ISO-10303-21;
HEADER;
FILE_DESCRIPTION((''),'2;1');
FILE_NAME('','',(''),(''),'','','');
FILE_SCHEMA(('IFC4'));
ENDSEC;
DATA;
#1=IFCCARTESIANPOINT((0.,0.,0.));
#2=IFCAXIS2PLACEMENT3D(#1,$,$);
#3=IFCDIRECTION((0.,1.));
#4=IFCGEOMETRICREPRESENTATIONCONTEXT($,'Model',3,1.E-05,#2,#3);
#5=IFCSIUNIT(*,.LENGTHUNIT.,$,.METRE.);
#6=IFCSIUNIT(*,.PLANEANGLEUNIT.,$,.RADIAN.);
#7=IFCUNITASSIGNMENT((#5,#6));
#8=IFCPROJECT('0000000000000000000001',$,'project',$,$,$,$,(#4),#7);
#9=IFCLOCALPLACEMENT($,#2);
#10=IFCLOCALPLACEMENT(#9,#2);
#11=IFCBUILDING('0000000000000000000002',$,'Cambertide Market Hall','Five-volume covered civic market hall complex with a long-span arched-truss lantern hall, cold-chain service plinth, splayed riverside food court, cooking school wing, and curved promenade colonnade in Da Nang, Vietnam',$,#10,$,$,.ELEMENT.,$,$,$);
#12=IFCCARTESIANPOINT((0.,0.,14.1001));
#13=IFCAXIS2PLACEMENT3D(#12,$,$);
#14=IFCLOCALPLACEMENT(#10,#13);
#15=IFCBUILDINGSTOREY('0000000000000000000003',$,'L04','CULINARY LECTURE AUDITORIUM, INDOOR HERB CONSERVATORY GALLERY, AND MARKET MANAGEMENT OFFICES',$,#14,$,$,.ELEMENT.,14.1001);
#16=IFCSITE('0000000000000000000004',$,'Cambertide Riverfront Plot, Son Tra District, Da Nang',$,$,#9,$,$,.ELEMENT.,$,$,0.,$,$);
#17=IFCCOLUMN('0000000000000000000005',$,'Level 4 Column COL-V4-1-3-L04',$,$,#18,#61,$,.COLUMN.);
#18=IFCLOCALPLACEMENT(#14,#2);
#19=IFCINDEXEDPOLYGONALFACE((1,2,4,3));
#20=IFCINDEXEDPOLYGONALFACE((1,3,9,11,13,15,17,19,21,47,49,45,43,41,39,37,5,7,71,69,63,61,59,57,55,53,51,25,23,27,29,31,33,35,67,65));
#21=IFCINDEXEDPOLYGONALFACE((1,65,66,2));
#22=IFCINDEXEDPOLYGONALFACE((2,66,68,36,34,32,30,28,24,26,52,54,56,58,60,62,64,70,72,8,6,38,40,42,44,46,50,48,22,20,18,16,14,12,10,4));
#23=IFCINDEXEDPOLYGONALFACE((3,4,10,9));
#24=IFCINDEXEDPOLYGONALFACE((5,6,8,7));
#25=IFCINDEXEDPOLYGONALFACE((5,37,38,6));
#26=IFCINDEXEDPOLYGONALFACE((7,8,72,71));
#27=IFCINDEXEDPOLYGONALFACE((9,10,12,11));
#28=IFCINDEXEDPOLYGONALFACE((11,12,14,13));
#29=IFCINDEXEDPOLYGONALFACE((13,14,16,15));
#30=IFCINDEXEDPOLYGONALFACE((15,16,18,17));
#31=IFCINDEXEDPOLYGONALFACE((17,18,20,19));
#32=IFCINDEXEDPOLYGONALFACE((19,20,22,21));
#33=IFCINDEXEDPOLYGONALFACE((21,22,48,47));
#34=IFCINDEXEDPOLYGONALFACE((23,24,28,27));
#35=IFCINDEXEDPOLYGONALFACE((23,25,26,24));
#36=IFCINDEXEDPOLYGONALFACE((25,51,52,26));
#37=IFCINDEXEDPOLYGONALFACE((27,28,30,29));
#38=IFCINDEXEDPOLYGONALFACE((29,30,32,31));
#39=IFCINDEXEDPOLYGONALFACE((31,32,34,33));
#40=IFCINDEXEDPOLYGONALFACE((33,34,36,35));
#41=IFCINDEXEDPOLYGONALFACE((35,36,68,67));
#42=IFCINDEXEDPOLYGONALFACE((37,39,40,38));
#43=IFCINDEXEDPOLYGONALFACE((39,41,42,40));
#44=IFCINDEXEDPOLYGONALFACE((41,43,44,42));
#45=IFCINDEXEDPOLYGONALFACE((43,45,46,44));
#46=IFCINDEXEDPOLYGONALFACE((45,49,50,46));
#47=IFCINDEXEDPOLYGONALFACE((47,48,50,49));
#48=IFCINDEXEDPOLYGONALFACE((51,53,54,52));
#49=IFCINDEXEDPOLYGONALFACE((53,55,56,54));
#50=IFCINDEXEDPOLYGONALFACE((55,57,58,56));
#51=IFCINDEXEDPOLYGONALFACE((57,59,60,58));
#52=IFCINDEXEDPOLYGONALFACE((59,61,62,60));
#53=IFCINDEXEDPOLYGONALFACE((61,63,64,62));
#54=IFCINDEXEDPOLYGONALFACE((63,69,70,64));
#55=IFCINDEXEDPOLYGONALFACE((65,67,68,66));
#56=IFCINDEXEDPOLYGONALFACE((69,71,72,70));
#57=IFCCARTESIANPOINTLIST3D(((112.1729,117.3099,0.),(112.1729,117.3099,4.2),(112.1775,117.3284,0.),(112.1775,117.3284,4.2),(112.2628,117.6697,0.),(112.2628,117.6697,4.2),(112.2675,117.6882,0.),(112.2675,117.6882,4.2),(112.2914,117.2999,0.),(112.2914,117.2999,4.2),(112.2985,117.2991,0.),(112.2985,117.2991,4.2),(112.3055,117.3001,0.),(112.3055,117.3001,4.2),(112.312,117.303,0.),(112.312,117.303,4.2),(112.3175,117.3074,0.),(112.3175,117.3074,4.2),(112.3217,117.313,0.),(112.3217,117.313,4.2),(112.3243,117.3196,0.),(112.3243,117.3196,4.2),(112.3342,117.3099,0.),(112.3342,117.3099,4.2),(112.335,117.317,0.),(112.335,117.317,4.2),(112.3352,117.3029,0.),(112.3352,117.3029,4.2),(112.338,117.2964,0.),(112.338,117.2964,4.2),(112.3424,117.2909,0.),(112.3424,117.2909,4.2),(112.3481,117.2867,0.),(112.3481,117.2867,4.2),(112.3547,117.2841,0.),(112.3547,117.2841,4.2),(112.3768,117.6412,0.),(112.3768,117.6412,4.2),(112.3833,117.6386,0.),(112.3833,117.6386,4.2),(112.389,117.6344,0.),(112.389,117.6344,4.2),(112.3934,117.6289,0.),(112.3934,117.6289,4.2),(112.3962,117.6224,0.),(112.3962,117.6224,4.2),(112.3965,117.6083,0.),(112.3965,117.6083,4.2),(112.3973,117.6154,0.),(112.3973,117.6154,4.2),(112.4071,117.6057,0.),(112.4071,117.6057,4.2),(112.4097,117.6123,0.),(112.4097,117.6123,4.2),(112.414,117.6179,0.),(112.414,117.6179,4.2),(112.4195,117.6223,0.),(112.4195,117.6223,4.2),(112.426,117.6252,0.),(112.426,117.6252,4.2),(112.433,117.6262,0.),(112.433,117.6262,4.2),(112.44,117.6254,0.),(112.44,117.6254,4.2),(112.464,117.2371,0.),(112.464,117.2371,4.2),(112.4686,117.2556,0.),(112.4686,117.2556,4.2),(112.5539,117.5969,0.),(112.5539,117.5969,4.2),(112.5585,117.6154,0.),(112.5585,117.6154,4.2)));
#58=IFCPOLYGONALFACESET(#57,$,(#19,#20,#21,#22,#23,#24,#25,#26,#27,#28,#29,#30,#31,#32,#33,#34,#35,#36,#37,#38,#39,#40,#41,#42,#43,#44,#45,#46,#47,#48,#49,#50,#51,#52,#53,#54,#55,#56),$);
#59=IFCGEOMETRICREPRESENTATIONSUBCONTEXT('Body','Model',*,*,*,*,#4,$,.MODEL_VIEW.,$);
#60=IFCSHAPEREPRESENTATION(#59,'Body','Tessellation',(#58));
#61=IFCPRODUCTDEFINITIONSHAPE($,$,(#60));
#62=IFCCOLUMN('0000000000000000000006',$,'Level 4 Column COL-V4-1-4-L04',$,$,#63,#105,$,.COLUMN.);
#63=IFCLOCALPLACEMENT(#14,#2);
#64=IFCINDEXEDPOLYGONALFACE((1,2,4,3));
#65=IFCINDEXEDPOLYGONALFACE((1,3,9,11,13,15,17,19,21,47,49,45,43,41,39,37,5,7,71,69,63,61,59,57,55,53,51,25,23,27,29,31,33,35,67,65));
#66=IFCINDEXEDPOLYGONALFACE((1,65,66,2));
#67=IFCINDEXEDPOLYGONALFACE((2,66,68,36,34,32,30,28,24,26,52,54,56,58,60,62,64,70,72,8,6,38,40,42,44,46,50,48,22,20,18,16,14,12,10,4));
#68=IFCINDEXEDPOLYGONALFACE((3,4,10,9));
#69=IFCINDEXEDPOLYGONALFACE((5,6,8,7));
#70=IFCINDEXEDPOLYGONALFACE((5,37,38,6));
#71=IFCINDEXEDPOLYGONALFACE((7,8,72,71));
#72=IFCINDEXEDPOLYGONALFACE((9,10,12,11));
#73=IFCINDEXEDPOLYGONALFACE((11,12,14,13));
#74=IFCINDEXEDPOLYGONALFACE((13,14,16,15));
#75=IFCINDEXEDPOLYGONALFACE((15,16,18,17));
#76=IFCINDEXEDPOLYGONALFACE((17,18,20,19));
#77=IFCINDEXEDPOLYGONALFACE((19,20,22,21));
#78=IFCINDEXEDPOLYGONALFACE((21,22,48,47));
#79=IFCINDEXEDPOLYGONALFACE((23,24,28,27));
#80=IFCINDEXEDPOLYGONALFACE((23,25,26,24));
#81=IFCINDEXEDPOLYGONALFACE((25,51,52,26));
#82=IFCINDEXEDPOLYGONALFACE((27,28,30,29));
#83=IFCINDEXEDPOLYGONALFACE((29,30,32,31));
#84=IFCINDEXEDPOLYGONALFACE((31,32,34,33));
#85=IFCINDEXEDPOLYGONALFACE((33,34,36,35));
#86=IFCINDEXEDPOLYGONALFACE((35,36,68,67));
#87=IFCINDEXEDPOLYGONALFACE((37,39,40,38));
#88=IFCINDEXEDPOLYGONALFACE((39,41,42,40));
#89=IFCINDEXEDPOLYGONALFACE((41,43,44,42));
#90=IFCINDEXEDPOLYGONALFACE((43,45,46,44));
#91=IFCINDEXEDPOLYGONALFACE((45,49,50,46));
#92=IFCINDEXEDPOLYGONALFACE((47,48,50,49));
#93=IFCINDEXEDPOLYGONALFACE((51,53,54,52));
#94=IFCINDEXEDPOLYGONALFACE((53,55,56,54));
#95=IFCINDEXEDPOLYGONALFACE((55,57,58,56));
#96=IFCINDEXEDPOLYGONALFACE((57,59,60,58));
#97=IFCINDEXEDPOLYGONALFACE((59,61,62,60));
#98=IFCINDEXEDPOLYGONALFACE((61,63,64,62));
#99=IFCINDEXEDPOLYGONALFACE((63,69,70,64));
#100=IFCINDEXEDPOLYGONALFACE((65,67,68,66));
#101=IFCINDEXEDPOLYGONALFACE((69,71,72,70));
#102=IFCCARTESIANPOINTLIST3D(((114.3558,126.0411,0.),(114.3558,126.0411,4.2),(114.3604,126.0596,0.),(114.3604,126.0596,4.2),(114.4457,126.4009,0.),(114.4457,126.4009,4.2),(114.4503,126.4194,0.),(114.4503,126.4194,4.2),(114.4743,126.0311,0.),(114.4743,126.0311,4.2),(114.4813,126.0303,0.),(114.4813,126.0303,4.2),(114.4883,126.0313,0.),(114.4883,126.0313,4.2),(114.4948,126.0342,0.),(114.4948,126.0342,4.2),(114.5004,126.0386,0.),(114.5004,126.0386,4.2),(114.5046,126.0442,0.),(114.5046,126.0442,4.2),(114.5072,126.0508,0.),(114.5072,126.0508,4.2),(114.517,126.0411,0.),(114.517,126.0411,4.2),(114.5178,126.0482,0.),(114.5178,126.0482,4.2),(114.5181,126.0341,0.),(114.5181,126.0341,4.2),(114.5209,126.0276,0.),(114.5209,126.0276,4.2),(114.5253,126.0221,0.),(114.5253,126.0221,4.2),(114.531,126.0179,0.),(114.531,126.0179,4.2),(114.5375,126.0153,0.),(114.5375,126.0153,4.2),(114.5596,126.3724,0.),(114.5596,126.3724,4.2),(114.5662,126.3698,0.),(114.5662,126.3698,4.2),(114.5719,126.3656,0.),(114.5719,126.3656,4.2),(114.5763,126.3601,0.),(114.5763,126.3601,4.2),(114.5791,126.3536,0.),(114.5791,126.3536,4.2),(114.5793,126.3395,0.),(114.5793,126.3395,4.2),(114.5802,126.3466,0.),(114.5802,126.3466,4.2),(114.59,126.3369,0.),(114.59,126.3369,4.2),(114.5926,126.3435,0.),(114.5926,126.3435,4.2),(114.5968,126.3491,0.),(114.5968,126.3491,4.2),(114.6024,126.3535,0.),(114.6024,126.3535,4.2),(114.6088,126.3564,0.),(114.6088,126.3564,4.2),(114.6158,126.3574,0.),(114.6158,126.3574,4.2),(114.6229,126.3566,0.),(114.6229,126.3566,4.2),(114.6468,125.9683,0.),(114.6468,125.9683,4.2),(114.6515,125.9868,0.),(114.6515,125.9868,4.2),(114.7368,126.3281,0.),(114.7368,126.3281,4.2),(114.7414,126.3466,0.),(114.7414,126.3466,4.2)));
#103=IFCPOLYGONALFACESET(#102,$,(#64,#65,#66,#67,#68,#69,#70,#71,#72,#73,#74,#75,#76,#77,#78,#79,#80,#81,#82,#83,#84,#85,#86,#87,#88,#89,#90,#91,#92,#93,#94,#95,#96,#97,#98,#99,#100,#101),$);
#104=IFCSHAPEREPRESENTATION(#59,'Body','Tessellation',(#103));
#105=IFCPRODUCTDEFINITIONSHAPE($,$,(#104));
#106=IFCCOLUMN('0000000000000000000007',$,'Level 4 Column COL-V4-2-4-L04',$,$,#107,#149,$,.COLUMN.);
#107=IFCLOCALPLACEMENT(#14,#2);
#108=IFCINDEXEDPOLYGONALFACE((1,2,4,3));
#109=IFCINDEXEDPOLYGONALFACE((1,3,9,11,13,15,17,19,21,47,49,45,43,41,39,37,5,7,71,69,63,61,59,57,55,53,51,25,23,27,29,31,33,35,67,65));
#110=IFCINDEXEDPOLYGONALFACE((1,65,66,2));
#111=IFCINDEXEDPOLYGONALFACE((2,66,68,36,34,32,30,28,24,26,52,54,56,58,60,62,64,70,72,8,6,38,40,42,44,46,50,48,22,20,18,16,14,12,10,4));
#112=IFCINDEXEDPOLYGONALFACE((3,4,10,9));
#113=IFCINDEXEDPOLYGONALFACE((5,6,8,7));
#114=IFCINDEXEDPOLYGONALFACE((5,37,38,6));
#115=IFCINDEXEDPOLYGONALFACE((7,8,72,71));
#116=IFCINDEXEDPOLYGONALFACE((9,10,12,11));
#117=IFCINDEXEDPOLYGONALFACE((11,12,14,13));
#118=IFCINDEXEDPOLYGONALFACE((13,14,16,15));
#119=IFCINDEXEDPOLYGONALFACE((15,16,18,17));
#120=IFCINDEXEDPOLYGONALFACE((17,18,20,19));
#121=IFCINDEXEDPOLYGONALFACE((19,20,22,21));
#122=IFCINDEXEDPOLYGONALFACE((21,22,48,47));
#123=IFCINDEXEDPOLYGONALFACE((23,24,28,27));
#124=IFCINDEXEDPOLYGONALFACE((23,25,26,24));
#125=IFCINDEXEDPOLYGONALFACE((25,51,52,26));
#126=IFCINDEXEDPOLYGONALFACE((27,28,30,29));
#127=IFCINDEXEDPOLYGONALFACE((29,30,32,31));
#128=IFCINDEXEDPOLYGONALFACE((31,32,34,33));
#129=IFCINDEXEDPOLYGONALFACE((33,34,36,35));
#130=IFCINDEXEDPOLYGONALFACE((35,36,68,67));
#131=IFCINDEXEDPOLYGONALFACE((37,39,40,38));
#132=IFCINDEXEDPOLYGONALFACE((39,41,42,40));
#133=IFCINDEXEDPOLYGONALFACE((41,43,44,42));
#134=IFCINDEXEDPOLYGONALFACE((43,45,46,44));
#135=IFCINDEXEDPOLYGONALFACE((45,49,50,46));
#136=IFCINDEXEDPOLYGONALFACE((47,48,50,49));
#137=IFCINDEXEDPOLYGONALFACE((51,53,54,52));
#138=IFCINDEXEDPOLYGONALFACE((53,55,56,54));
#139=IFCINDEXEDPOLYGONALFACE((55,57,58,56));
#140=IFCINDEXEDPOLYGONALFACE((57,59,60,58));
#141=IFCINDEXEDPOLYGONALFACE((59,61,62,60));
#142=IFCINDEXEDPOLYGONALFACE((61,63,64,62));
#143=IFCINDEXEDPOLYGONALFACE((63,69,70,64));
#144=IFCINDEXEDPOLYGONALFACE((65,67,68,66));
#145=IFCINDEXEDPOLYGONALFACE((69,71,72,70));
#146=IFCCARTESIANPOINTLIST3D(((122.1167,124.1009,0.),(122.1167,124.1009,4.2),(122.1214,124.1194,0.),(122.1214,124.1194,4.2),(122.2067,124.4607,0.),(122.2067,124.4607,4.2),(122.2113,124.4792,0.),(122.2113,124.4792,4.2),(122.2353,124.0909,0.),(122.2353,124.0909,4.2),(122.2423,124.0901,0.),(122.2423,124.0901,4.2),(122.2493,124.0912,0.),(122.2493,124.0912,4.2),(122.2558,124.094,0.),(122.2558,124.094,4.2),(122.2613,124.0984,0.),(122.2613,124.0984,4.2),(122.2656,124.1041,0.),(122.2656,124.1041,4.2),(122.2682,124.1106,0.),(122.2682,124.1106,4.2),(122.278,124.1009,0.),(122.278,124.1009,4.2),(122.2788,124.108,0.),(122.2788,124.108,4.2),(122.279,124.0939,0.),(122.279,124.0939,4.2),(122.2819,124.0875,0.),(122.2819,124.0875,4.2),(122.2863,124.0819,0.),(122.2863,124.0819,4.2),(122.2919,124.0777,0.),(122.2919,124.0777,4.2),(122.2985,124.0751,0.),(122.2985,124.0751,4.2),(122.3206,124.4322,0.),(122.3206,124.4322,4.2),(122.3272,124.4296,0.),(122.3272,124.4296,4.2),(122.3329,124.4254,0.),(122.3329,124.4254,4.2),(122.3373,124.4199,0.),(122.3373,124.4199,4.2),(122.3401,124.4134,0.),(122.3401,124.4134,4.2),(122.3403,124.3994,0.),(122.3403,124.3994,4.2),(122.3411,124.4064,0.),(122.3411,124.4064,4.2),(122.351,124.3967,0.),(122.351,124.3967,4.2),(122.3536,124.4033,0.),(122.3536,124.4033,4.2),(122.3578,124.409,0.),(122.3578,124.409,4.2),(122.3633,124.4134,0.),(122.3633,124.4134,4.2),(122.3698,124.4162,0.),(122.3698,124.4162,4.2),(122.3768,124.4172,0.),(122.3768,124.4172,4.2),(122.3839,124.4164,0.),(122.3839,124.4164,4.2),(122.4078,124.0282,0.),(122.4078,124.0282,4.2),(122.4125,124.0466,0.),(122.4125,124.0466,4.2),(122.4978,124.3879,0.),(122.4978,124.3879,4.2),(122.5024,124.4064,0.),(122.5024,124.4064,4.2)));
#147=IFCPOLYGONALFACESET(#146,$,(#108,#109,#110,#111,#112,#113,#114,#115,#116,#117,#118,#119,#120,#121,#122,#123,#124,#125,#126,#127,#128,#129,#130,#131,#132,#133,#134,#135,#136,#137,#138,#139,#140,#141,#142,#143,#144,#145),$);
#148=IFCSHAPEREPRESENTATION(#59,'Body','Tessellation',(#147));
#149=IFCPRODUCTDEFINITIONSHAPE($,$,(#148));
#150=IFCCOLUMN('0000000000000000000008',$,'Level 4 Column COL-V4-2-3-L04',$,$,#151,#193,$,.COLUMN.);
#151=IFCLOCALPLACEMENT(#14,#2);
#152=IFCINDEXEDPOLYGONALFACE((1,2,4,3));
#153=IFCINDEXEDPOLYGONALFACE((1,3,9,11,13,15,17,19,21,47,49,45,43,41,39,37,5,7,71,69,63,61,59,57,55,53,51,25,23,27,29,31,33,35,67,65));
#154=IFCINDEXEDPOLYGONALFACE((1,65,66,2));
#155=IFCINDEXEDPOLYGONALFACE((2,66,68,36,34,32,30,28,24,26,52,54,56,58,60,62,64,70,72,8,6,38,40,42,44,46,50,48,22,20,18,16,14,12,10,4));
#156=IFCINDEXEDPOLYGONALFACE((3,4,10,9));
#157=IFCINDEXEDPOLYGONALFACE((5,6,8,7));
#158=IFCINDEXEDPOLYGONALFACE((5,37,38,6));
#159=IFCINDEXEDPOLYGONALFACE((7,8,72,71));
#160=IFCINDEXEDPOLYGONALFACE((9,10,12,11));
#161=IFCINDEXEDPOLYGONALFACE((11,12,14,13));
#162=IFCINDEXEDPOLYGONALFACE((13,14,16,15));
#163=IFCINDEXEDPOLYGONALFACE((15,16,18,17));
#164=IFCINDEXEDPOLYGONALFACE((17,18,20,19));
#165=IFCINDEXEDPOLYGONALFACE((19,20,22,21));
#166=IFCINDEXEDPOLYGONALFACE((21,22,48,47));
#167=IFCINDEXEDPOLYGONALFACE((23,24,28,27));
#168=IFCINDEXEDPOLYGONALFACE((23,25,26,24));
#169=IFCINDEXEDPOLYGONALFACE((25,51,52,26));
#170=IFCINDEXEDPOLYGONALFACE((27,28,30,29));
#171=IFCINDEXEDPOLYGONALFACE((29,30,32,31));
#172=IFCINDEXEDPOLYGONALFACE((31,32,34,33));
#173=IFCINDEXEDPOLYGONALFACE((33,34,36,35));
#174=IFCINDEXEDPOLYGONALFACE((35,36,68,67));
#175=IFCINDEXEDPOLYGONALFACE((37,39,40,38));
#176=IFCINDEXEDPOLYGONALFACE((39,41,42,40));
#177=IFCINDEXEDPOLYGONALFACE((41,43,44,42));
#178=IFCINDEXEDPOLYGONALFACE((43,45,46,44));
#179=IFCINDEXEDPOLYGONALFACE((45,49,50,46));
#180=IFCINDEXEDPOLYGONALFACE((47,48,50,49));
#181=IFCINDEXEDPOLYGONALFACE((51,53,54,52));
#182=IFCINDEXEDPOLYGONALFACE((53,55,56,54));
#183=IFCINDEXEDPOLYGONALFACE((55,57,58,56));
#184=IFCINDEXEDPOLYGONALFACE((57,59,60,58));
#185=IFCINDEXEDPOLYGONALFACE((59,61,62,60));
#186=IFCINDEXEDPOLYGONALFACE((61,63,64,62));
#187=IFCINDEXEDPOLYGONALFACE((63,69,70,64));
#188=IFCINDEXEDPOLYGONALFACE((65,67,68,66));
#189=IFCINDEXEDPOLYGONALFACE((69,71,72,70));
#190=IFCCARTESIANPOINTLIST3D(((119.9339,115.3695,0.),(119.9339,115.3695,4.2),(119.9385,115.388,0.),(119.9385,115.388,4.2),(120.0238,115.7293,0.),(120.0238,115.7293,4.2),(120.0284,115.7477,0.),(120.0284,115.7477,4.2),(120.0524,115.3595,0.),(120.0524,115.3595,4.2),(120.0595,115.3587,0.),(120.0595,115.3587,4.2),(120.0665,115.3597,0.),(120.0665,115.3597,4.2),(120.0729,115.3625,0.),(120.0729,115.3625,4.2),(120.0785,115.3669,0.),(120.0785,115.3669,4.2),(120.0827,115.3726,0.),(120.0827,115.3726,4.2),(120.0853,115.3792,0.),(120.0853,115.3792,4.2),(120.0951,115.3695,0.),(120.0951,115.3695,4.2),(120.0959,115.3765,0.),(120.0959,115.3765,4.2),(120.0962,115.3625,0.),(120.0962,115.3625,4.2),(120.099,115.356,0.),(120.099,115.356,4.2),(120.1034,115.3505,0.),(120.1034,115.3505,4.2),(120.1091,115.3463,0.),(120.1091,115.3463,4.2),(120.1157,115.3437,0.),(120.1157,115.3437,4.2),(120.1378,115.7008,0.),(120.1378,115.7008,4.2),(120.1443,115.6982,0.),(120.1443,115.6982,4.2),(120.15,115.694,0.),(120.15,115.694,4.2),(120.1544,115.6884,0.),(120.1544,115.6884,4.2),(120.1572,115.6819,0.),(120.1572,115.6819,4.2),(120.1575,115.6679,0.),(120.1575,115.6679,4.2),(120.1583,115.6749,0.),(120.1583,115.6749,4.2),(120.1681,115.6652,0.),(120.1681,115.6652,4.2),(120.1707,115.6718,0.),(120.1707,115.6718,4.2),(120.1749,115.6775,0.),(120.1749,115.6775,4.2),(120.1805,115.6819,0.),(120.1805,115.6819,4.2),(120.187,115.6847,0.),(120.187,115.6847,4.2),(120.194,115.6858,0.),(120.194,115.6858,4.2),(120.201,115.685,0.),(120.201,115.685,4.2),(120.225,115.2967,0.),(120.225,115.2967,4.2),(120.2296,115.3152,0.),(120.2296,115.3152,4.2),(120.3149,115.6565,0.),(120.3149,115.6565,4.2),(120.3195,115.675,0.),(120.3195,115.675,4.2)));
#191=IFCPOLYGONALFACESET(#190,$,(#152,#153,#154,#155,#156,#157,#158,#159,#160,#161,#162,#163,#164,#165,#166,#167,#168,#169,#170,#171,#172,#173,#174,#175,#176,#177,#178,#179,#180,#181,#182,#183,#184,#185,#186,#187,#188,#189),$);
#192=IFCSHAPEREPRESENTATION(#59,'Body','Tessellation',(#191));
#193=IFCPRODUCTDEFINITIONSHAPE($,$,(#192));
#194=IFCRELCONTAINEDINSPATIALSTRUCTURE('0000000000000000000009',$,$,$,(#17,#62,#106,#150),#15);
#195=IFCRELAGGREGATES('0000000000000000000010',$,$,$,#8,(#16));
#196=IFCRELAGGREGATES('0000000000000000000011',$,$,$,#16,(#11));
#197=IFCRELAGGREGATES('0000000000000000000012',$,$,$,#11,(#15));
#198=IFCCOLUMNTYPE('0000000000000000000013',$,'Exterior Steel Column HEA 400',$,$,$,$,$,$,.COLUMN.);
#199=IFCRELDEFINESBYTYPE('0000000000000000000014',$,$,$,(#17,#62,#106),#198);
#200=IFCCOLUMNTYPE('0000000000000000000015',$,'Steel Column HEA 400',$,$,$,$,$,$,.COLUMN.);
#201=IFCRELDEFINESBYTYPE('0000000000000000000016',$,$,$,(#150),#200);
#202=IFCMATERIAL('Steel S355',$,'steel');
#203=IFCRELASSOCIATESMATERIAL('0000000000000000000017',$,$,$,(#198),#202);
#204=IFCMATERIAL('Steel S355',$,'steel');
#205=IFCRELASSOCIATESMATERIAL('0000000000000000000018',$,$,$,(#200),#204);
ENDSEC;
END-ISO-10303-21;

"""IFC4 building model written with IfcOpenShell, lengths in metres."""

from ifc_helpers import new_model, si_unit, direction, frame, origin, origin_2d, place, context, subcontext, project, spatial, i_section, extrude, material, material_profile, profile_set, type_object, element, save


model = new_model("IFC4")

# Units and contexts
model_context = context("Model", 3, precision=1e-05, world=origin(), true_north=direction((0.0, 1.0)))
body_context = subcontext(model_context, "Body", "Model", "MODEL_VIEW")
ifc_project = project(units=[si_unit("LENGTHUNIT", "METRE"), si_unit("PLANEANGLEUNIT", "RADIAN")], contexts=[model_context])

# Site, building, storey
site_placement = place(None, origin())
site = spatial("IfcSite", under=ifc_project, at=site_placement, Name="Cambertide Riverfront Plot, Son Tra District, Da Nang", CompositionType="ELEMENT", RefElevation=0.0)
building_placement = place(site_placement, origin())
building = spatial("IfcBuilding", under=site, at=building_placement, Name="Cambertide Market Hall", Description="Five-volume covered civic market hall complex with a long-span arched-truss lantern hall, cold-chain service plinth, splayed riverside food court, cooking school wing, and curved promenade colonnade in Da Nang, Vietnam", CompositionType="ELEMENT")
storey_placement = place(building_placement, frame((0.0, 0.0, 14.1001)))
storey = spatial("IfcBuildingStorey", under=building, at=storey_placement, Name="L04", Description="CULINARY LECTURE AUDITORIUM, INDOOR HERB CONSERVATORY GALLERY, AND MARKET MANAGEMENT OFFICES", CompositionType="ELEMENT", Elevation=14.1001)

# Columns
ifc_material_1 = material(Name="Steel S355", Category="steel")
ifc_material_profile_1 = material_profile(ifc_material_1, i_section(OverallWidth=0.3, OverallDepth=0.3899, WebThickness=0.011, FlangeThickness=0.019, FilletRadius=0.0271, at=origin_2d()), Name="HEA 400")
ifc_profile_set_1 = profile_set([ifc_material_profile_1], Name="Steel S355")
column_type_1 = type_object("IfcColumnType", Name="Exterior Steel Column HEA 400", PredefinedType="COLUMN", material=ifc_profile_set_1)
for number, where, z_axis, x_axis, name in (
    (1, (112.3657, 117.4626, 0.0), (0.0, 0.0, 1.0), (0.970143, -0.242536, 0.0), "Level 4 Column COL-V4-1-3-L04"),
    (2, (114.5486, 126.1938, 0.0), (0.0, 0.0, 1.0), (0.970143, -0.242536, 0.0), "Level 4 Column COL-V4-1-4-L04"),
    (3, (122.3096, 124.2537, 0.0), (0.0, 0.0, 1.0), (0.970143, -0.242536, 0.0), "Level 4 Column COL-V4-2-4-L04"),
):
    element("IfcColumn", number, at=place(storey_placement, frame(where, z_axis=z_axis, x_axis=x_axis)), inside=storey, type_object=column_type_1, Name=name, PredefinedType="COLUMN", context=body_context, shape_type="SweptSolid", body=[
        extrude(i_section(OverallWidth=0.3, OverallDepth=0.3899, WebThickness=0.011, FlangeThickness=0.019, FilletRadius=0.0271, at=origin_2d()), origin(), (0.0, 0.0, 1.0), 4.2),
    ])
ifc_material_2 = material(Name="Steel S355", Category="steel")
ifc_material_profile_2 = material_profile(ifc_material_2, i_section(OverallWidth=0.3, OverallDepth=0.3899, WebThickness=0.011, FlangeThickness=0.019, FilletRadius=0.0271, at=origin_2d()), Name="HEA 400")
ifc_profile_set_2 = profile_set([ifc_material_profile_2], Name="Steel S355")
column_type_2 = type_object("IfcColumnType", Name="Steel Column HEA 400", PredefinedType="COLUMN", material=ifc_profile_set_2)
column_placement = place(storey_placement, frame((120.1267, 115.5222, 0.0), z_axis=(0.0, 0.0, 1.0), x_axis=(0.970143, -0.242536, 0.0)))
element("IfcColumn", 4, at=column_placement, inside=storey, type_object=column_type_2, Name="Level 4 Column COL-V4-2-3-L04", PredefinedType="COLUMN", context=body_context, shape_type="SweptSolid", body=[
    extrude(i_section(OverallWidth=0.3, OverallDepth=0.3899, WebThickness=0.011, FlangeThickness=0.019, FilletRadius=0.0271, at=origin_2d()), origin(), (0.0, 0.0, 1.0), 4.2),
])

save(model, "model.ifc")
